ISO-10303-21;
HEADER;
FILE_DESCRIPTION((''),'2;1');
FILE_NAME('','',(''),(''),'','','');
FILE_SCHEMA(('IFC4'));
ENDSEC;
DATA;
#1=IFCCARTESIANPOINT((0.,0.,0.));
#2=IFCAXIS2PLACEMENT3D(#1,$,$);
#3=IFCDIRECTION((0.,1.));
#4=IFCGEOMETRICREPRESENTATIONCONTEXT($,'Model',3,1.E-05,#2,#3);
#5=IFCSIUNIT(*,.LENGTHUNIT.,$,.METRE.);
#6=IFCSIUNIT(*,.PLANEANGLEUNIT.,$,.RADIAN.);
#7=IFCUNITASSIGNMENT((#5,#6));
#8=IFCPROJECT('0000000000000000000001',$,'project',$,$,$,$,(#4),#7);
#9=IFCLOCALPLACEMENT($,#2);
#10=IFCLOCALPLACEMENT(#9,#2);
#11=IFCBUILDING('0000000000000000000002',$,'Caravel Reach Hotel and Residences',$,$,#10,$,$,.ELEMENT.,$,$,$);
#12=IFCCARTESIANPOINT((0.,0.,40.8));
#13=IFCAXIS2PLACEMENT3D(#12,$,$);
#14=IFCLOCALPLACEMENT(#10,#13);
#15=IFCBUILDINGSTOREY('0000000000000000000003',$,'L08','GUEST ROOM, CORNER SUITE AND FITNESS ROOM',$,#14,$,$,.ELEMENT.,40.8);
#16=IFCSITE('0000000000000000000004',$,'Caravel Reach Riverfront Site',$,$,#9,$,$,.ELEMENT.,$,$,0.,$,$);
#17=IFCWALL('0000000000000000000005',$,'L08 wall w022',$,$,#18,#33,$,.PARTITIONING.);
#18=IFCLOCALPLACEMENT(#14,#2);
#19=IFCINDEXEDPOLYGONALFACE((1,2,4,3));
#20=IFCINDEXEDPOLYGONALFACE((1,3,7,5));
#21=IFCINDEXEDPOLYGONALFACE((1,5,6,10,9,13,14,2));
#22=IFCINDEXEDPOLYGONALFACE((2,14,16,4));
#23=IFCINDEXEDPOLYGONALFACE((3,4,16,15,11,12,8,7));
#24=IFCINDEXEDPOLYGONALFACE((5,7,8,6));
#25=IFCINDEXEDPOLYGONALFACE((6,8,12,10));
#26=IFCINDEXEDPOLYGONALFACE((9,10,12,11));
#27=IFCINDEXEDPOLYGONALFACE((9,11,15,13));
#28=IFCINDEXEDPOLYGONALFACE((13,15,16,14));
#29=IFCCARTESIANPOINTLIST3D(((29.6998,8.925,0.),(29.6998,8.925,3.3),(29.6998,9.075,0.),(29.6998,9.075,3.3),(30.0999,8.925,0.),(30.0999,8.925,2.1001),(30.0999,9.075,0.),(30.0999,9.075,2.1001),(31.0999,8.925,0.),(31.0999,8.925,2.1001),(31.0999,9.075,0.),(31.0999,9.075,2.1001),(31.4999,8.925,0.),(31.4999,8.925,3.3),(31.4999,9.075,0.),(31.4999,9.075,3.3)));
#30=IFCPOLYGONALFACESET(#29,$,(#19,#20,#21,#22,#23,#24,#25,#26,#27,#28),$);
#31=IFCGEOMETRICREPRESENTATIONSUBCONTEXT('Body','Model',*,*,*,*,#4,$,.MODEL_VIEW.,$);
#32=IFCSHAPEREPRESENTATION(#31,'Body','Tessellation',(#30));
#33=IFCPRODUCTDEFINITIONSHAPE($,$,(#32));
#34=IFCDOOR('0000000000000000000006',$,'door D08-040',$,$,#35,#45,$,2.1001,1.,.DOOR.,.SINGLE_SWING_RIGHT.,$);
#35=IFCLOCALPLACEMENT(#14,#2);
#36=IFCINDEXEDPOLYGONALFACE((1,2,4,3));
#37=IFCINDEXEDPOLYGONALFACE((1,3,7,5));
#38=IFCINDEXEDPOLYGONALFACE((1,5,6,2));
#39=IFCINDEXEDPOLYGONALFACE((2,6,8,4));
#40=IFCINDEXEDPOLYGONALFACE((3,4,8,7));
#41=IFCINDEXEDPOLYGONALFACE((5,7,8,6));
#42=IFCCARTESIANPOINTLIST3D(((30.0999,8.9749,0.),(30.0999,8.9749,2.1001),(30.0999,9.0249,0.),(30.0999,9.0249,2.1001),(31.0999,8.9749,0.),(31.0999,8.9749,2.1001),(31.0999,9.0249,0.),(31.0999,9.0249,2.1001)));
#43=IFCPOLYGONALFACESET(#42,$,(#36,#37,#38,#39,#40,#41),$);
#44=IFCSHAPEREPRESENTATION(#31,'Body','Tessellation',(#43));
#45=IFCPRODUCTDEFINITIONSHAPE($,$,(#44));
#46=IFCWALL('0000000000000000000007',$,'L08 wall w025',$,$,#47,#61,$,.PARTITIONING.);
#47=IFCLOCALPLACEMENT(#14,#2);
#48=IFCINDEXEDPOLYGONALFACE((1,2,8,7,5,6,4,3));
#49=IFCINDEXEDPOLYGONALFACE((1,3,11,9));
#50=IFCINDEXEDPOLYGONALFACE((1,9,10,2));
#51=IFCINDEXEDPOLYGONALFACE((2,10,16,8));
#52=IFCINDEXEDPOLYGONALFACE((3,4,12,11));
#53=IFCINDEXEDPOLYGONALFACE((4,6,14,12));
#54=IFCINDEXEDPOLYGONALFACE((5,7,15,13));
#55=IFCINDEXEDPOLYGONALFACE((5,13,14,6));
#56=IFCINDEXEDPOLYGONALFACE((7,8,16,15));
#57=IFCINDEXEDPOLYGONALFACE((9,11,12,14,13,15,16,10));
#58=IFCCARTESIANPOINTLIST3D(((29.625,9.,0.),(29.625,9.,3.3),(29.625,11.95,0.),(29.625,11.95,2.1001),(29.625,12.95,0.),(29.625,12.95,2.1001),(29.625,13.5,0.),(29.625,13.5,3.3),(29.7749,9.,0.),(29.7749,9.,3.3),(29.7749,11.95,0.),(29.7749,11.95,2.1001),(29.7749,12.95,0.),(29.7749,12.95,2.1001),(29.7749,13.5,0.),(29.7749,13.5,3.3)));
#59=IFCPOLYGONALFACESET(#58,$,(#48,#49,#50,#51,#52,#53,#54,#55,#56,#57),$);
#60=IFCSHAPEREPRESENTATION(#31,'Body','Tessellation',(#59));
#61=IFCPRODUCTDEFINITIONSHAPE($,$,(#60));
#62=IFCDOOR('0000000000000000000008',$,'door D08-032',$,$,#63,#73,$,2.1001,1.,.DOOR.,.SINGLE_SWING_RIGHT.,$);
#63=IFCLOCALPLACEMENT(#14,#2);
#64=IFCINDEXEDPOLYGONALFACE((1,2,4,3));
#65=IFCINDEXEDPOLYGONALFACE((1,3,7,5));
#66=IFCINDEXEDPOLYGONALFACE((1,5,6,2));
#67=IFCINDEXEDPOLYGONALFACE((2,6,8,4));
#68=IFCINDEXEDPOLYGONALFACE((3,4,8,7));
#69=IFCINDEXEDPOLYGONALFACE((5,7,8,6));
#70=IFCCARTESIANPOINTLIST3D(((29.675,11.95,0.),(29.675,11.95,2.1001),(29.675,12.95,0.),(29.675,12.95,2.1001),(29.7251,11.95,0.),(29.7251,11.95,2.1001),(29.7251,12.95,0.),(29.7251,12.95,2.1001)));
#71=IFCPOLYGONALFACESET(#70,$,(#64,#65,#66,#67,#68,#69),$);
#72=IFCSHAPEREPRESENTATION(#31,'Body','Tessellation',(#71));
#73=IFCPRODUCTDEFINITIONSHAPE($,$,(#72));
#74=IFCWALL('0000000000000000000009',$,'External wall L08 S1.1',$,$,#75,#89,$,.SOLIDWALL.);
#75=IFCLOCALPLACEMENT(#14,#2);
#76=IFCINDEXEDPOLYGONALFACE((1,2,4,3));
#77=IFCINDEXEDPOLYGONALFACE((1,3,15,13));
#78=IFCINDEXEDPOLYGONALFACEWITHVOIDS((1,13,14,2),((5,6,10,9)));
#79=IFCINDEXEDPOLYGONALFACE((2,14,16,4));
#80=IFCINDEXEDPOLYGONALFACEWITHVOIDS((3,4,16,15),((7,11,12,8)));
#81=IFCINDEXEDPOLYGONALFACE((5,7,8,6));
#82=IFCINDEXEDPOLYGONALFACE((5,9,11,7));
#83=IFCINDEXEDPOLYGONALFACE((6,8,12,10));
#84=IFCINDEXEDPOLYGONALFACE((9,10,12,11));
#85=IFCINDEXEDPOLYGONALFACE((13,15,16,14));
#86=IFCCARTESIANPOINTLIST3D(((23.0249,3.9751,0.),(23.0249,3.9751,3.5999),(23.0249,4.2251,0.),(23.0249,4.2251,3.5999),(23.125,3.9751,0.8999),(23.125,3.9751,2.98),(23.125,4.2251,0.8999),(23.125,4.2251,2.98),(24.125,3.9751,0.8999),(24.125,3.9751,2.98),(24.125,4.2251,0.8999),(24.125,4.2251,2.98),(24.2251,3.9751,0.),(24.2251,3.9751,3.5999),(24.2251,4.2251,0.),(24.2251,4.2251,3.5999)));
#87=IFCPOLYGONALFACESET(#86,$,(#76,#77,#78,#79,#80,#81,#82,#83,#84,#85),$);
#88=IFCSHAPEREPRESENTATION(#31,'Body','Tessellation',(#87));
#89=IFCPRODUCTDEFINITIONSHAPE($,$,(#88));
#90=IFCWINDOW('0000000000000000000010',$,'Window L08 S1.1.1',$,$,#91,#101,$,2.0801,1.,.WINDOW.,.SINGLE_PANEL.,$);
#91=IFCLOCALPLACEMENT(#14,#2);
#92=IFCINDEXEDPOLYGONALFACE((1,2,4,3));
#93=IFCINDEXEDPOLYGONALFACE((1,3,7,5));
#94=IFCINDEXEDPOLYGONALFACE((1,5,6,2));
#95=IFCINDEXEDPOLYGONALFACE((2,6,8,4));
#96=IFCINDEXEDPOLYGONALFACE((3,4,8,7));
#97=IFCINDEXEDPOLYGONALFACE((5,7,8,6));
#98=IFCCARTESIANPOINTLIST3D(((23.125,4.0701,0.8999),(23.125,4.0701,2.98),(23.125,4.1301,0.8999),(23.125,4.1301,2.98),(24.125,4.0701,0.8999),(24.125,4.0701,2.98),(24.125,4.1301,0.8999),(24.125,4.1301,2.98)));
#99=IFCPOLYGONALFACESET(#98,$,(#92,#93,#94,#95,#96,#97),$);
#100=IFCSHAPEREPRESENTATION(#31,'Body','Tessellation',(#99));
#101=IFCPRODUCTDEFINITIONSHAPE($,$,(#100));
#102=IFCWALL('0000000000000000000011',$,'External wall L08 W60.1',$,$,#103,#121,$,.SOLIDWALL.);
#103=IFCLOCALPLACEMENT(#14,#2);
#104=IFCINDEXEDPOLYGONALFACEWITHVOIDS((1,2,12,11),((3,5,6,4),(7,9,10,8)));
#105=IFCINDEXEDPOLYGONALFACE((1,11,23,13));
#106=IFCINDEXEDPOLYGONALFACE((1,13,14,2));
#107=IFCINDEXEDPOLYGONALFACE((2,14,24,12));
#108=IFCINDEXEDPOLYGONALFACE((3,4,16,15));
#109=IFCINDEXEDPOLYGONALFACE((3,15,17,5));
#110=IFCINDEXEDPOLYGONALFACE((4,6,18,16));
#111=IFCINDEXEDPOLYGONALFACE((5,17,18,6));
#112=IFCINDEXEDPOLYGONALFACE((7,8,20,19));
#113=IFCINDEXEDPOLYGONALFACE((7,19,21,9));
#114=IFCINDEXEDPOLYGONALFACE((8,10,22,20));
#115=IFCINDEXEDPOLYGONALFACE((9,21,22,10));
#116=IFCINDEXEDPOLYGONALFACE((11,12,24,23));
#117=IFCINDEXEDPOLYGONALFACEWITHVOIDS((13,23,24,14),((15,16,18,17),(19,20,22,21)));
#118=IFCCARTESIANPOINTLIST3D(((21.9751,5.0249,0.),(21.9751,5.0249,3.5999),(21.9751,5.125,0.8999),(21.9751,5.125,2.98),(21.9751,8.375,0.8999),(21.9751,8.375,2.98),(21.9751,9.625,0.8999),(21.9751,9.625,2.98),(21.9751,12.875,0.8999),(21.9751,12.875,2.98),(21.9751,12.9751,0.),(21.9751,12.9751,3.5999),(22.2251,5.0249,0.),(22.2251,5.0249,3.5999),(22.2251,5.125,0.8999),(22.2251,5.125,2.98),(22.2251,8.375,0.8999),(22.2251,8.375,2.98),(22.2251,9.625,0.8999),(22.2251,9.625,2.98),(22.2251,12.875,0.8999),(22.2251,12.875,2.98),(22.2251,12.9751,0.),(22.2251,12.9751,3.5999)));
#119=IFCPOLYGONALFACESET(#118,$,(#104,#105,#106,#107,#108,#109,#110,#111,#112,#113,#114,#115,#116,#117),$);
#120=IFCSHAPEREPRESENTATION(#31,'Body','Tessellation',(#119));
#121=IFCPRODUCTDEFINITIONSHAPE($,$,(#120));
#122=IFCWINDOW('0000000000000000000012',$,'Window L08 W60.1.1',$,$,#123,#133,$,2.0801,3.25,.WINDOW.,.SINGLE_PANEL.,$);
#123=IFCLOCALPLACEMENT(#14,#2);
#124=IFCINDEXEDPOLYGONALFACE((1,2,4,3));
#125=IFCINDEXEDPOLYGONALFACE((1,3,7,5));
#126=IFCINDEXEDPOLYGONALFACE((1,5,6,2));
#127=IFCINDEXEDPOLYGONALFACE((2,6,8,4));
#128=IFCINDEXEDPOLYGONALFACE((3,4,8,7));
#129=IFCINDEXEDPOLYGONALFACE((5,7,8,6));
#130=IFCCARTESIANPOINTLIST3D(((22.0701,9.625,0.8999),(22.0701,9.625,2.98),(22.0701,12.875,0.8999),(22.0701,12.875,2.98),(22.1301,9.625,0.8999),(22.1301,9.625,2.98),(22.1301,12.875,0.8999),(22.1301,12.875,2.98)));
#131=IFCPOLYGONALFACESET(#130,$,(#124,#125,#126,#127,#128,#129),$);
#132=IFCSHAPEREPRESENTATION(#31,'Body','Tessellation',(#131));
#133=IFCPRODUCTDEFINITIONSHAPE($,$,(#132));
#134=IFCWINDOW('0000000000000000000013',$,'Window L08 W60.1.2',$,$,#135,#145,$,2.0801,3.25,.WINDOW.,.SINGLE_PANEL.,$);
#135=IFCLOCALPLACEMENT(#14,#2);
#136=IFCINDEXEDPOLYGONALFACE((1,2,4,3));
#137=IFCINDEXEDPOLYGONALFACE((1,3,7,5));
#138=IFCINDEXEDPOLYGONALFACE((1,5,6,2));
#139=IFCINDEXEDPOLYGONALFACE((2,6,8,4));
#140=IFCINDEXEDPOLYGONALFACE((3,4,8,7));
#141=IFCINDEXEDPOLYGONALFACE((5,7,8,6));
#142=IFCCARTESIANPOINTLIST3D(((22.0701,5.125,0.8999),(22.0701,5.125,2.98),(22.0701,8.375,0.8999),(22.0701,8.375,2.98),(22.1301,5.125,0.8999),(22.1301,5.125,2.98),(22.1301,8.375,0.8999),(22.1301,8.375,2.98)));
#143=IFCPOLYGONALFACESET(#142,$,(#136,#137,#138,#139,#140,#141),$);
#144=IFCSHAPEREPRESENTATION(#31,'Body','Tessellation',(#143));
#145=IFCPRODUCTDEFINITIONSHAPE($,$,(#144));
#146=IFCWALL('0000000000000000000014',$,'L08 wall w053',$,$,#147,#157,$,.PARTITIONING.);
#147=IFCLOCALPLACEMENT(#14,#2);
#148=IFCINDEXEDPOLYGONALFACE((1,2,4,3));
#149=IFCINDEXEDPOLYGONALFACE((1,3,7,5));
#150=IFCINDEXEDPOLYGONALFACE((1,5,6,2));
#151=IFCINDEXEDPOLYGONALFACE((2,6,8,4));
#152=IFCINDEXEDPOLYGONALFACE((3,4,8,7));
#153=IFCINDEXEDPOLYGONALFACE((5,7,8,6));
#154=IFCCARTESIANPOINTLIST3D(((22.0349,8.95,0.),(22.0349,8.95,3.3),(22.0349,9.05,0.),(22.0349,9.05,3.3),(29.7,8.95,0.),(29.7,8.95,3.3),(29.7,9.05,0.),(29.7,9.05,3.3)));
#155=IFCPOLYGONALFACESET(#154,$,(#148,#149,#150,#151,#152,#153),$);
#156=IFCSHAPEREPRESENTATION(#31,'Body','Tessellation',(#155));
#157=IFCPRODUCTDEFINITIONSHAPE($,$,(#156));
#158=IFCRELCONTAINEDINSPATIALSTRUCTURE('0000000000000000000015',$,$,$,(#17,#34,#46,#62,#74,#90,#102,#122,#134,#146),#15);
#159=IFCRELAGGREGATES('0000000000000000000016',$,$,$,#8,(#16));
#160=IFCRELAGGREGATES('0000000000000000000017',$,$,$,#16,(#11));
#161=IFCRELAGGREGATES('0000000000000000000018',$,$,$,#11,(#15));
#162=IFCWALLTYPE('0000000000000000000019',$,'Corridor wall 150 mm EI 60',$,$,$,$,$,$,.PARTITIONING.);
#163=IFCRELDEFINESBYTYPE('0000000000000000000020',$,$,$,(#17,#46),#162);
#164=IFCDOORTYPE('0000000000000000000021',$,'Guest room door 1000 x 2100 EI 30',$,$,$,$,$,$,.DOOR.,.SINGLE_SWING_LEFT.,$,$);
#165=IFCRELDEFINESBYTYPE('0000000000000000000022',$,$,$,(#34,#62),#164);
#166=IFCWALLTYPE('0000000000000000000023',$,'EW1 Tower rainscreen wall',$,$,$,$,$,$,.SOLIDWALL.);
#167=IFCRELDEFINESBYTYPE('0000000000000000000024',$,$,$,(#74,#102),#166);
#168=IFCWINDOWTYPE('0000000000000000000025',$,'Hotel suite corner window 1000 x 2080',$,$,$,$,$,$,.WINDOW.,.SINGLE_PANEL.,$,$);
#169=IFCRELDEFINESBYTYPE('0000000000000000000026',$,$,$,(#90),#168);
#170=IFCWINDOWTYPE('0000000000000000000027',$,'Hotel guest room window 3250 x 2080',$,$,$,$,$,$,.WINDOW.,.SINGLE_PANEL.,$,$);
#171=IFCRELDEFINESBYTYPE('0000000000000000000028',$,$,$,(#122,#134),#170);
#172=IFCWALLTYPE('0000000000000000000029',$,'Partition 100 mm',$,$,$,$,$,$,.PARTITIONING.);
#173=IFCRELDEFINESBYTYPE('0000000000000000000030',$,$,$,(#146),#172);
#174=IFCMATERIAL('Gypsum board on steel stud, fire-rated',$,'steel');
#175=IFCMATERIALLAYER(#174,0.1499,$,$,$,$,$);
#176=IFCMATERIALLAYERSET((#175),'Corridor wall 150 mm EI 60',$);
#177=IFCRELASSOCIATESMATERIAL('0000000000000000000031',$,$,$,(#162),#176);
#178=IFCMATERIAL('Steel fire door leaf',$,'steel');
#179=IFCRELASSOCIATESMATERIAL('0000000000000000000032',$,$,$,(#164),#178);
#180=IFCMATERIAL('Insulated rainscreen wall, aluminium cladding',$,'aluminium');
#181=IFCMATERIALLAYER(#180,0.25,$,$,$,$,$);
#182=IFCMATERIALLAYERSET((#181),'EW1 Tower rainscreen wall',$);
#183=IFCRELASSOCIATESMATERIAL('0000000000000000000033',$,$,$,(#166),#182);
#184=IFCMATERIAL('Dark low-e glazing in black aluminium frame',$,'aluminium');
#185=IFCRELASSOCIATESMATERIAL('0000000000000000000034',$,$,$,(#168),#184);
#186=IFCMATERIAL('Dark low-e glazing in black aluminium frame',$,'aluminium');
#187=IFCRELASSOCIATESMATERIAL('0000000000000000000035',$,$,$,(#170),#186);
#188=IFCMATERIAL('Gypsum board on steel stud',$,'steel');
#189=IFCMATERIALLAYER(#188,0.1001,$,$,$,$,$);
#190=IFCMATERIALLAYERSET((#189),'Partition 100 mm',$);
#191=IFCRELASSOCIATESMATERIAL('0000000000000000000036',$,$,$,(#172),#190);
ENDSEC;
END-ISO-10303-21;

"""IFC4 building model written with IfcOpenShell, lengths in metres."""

from ifc_helpers import new_model, si_unit, direction, frame, frame_2d, origin, place, context, subcontext, project, spatial, rectangle, extrude, material, layer, layer_set, type_object, element, fill, save


model = new_model("IFC4")

# Units and contexts
model_context = context("Model", 3, precision=1e-05, world=origin(), true_north=direction((0.0, 1.0)))
body_context = subcontext(model_context, "Body", "Model", "MODEL_VIEW")
ifc_project = project(units=[si_unit("LENGTHUNIT", "METRE"), si_unit("PLANEANGLEUNIT", "RADIAN")], contexts=[model_context])

# Site, building, storey
site_placement = place(None, origin())
site = spatial("IfcSite", under=ifc_project, at=site_placement, Name="Caravel Reach Riverfront Site", CompositionType="ELEMENT", RefElevation=0.0)
building_placement = place(site_placement, origin())
building = spatial("IfcBuilding", under=site, at=building_placement, Name="Caravel Reach Hotel and Residences", CompositionType="ELEMENT")
storey_placement = place(building_placement, frame((0.0, 0.0, 40.8)))
storey = spatial("IfcBuildingStorey", under=building, at=storey_placement, Name="L08", Description="GUEST ROOM, CORNER SUITE AND FITNESS ROOM", CompositionType="ELEMENT", Elevation=40.8)

# Walls, openings, doors
ifc_material_1 = material(Name="Gypsum board on steel stud, fire-rated", Category="steel")
ifc_layer_1 = layer(ifc_material_1, 0.1499)
ifc_layer_set_1 = layer_set([ifc_layer_1], Name="Corridor wall 150 mm EI 60")
wall_type_1 = type_object("IfcWallType", Name="Corridor wall 150 mm EI 60", PredefinedType="PARTITIONING", material=ifc_layer_set_1)
wall_1_placement = place(storey_placement, frame((29.7, 9.0, 0.0), z_axis=(0.0, 0.0, 1.0), x_axis=(1.0, 0.0, 0.0)))
wall_1 = element("IfcWall", 1, at=wall_1_placement, inside=storey, type_object=wall_type_1, Name="L08 wall w022", PredefinedType="PARTITIONING", context=body_context, shape_type="SweptSolid", body=[
    extrude(rectangle(XDim=1.8, YDim=0.1499, at=frame_2d((0.8999, 0.0))), origin(), (0.0, 0.0, 1.0), 3.3),
])
opening_1_placement = place(wall_1_placement, frame((0.3999, 0.0, 0.0)))
opening_1 = element("IfcOpeningElement", 2, at=opening_1_placement, cuts=wall_1, PredefinedType="OPENING", context=body_context, shape_type="SweptSolid", body=[
    extrude(rectangle(XDim=1.0, YDim=2.1001, at=frame_2d((0.5, 1.05))), frame((0.0, 0.085, 0.0), z_axis=(0.0, -1.0, 0.0), x_axis=(1.0, 0.0, 0.0)), (0.0, 0.0, 1.0), 0.1699),
])
ifc_material_2 = material(Name="Steel fire door leaf", Category="steel")
door_type_1 = type_object("IfcDoorType", Name="Guest room door 1000 x 2100 EI 30", OperationType="SINGLE_SWING_LEFT", PredefinedType="DOOR", material=ifc_material_2)
door_1_placement = place(opening_1_placement, origin())
door_1 = element("IfcDoor", 3, at=door_1_placement, inside=storey, type_object=door_type_1, Name="door D08-040", OperationType="SINGLE_SWING_RIGHT", OverallHeight=2.1001, OverallWidth=1.0, PredefinedType="DOOR", context=body_context, shape_type="SweptSolid", body=[
    extrude(rectangle(XDim=1.0, YDim=2.1001, at=frame_2d((0.5, 1.05))), frame((0.0, 0.0249, 0.0), z_axis=(0.0, -1.0, 0.0), x_axis=(1.0, 0.0, 0.0)), (0.0, 0.0, 1.0), 0.05),
])
fill(opening_1, door_1)
wall_2_placement = place(storey_placement, frame((29.7, 9.0, 0.0), z_axis=(0.0, 0.0, 1.0), x_axis=(0.0, 1.0, 0.0)))
wall_2 = element("IfcWall", 4, at=wall_2_placement, inside=storey, type_object=wall_type_1, Name="L08 wall w025", PredefinedType="PARTITIONING", context=body_context, shape_type="SweptSolid", body=[
    extrude(rectangle(XDim=4.5, YDim=0.1499, at=frame_2d((2.25, 0.0))), origin(), (0.0, 0.0, 1.0), 3.3),
])
opening_2_placement = place(wall_2_placement, frame((2.95, 0.0, 0.0)))
opening_2 = element("IfcOpeningElement", 5, at=opening_2_placement, cuts=wall_2, PredefinedType="OPENING", context=body_context, shape_type="SweptSolid", body=[
    extrude(rectangle(XDim=1.0, YDim=2.1001, at=frame_2d((0.5, 1.05))), frame((0.0, 0.085, 0.0), z_axis=(0.0, -1.0, 0.0), x_axis=(1.0, 0.0, 0.0)), (0.0, 0.0, 1.0), 0.1699),
])
door_2_placement = place(opening_2_placement, origin())
door_2 = element("IfcDoor", 6, at=door_2_placement, inside=storey, type_object=door_type_1, Name="door D08-032", OperationType="SINGLE_SWING_RIGHT", OverallHeight=2.1001, OverallWidth=1.0, PredefinedType="DOOR", context=body_context, shape_type="SweptSolid", body=[
    extrude(rectangle(XDim=1.0, YDim=2.1001, at=frame_2d((0.5, 1.05))), frame((0.0, 0.0249, 0.0), z_axis=(0.0, -1.0, 0.0), x_axis=(1.0, 0.0, 0.0)), (0.0, 0.0, 1.0), 0.05),
])
fill(opening_2, door_2)

# Wall, opening, window
ifc_material_3 = material(Name="Insulated rainscreen wall, aluminium cladding", Category="aluminium")
ifc_layer_2 = layer(ifc_material_3, 0.25)
ifc_layer_set_2 = layer_set([ifc_layer_2], Name="EW1 Tower rainscreen wall")
wall_type_2 = type_object("IfcWallType", Name="EW1 Tower rainscreen wall", PredefinedType="SOLIDWALL", material=ifc_layer_set_2)
wall_3_placement = place(storey_placement, frame((23.0249, 4.1001, 0.0), z_axis=(0.0, 0.0, 1.0), x_axis=(1.0, 0.0, 0.0)))
wall_3 = element("IfcWall", 7, at=wall_3_placement, inside=storey, type_object=wall_type_2, Name="External wall L08 S1.1", PredefinedType="SOLIDWALL", context=body_context, shape_type="SweptSolid", body=[
    extrude(rectangle(XDim=1.2002, YDim=0.25, at=frame_2d((0.6001, 0.0))), origin(), (0.0, 0.0, 1.0), 3.5999),
])
opening_3_placement = place(wall_3_placement, frame((0.1001, 0.0, 0.8999)))
opening_3 = element("IfcOpeningElement", 8, at=opening_3_placement, cuts=wall_3, PredefinedType="OPENING", context=body_context, shape_type="SweptSolid", body=[
    extrude(rectangle(XDim=1.0, YDim=2.0801, at=frame_2d((0.5, 1.04))), frame((0.0, 0.135, 0.0), z_axis=(0.0, -1.0, 0.0), x_axis=(1.0, 0.0, 0.0)), (0.0, 0.0, 1.0), 0.27),
])
ifc_material_4 = material(Name="Dark low-e glazing in black aluminium frame", Category="aluminium")
window_type_1 = type_object("IfcWindowType", Name="Hotel suite corner window 1000 x 2080", PartitioningType="SINGLE_PANEL", PredefinedType="WINDOW", material=ifc_material_4)
window_1_placement = place(opening_3_placement, origin())
window_1 = element("IfcWindow", 9, at=window_1_placement, inside=storey, type_object=window_type_1, Name="Window L08 S1.1.1", OverallHeight=2.0801, OverallWidth=1.0, PartitioningType="SINGLE_PANEL", PredefinedType="WINDOW", context=body_context, shape_type="SweptSolid", body=[
    extrude(rectangle(XDim=1.0, YDim=2.0801, at=frame_2d((0.5, 1.04))), frame((0.0, 0.03, 0.0), z_axis=(0.0, -1.0, 0.0), x_axis=(1.0, 0.0, 0.0)), (0.0, 0.0, 1.0), 0.0601),
])
fill(opening_3, window_1)

# Wall, openings, windows
wall_4_placement = place(storey_placement, frame((22.1001, 12.9751, 0.0), z_axis=(0.0, 0.0, 1.0), x_axis=(0.0, -1.0, 0.0)))
wall_4 = element("IfcWall", 10, at=wall_4_placement, inside=storey, type_object=wall_type_2, Name="External wall L08 W60.1", PredefinedType="SOLIDWALL", context=body_context, shape_type="SweptSolid", body=[
    extrude(rectangle(XDim=7.9502, YDim=0.25, at=frame_2d((3.9751, 0.0))), origin(), (0.0, 0.0, 1.0), 3.5999),
])
opening_4_placement = place(wall_4_placement, frame((0.1001, 0.0, 0.8999)))
opening_4 = element("IfcOpeningElement", 11, at=opening_4_placement, cuts=wall_4, PredefinedType="OPENING", context=body_context, shape_type="SweptSolid", body=[
    extrude(rectangle(XDim=3.25, YDim=2.0801, at=frame_2d((1.625, 1.04))), frame((0.0, 0.135, 0.0), z_axis=(0.0, -1.0, 0.0), x_axis=(1.0, 0.0, 0.0)), (0.0, 0.0, 1.0), 0.27),
])
opening_5_placement = place(wall_4_placement, frame((4.6001, 0.0, 0.8999)))
opening_5 = element("IfcOpeningElement", 12, at=opening_5_placement, cuts=wall_4, PredefinedType="OPENING", context=body_context, shape_type="SweptSolid", body=[
    extrude(rectangle(XDim=3.25, YDim=2.0801, at=frame_2d((1.625, 1.04))), frame((0.0, 0.135, 0.0), z_axis=(0.0, -1.0, 0.0), x_axis=(1.0, 0.0, 0.0)), (0.0, 0.0, 1.0), 0.27),
])
ifc_material_5 = material(Name="Dark low-e glazing in black aluminium frame", Category="aluminium")
window_type_2 = type_object("IfcWindowType", Name="Hotel guest room window 3250 x 2080", PartitioningType="SINGLE_PANEL", PredefinedType="WINDOW", material=ifc_material_5)
window_2_placement = place(opening_4_placement, origin())
window_2 = element("IfcWindow", 13, at=window_2_placement, inside=storey, type_object=window_type_2, Name="Window L08 W60.1.1", OverallHeight=2.0801, OverallWidth=3.25, PartitioningType="SINGLE_PANEL", PredefinedType="WINDOW", context=body_context, shape_type="SweptSolid", body=[
    extrude(rectangle(XDim=3.25, YDim=2.0801, at=frame_2d((1.625, 1.04))), frame((0.0, 0.03, 0.0), z_axis=(0.0, -1.0, 0.0), x_axis=(1.0, 0.0, 0.0)), (0.0, 0.0, 1.0), 0.0601),
])
fill(opening_4, window_2)
window_3_placement = place(opening_5_placement, origin())
window_3 = element("IfcWindow", 14, at=window_3_placement, inside=storey, type_object=window_type_2, Name="Window L08 W60.1.2", OverallHeight=2.0801, OverallWidth=3.25, PartitioningType="SINGLE_PANEL", PredefinedType="WINDOW", context=body_context, shape_type="SweptSolid", body=[
    extrude(rectangle(XDim=3.25, YDim=2.0801, at=frame_2d((1.625, 1.04))), frame((0.0, 0.03, 0.0), z_axis=(0.0, -1.0, 0.0), x_axis=(1.0, 0.0, 0.0)), (0.0, 0.0, 1.0), 0.0601),
])
fill(opening_5, window_3)

# Wall
ifc_material_6 = material(Name="Gypsum board on steel stud", Category="steel")
ifc_layer_3 = layer(ifc_material_6, 0.1001)
ifc_layer_set_3 = layer_set([ifc_layer_3], Name="Partition 100 mm")
wall_type_3 = type_object("IfcWallType", Name="Partition 100 mm", PredefinedType="PARTITIONING", material=ifc_layer_set_3)
wall_5_placement = place(storey_placement, frame((22.0349, 9.0, 0.0), z_axis=(0.0, 0.0, 1.0), x_axis=(1.0, 0.0, 0.0)))
element("IfcWall", 15, at=wall_5_placement, inside=storey, type_object=wall_type_3, Name="L08 wall w053", PredefinedType="PARTITIONING", context=body_context, shape_type="SweptSolid", body=[
    extrude(rectangle(XDim=7.665, YDim=0.1001, at=frame_2d((3.8325, 0.0))), origin(), (0.0, 0.0, 1.0), 3.3),
])

save(model, "model.ifc")
